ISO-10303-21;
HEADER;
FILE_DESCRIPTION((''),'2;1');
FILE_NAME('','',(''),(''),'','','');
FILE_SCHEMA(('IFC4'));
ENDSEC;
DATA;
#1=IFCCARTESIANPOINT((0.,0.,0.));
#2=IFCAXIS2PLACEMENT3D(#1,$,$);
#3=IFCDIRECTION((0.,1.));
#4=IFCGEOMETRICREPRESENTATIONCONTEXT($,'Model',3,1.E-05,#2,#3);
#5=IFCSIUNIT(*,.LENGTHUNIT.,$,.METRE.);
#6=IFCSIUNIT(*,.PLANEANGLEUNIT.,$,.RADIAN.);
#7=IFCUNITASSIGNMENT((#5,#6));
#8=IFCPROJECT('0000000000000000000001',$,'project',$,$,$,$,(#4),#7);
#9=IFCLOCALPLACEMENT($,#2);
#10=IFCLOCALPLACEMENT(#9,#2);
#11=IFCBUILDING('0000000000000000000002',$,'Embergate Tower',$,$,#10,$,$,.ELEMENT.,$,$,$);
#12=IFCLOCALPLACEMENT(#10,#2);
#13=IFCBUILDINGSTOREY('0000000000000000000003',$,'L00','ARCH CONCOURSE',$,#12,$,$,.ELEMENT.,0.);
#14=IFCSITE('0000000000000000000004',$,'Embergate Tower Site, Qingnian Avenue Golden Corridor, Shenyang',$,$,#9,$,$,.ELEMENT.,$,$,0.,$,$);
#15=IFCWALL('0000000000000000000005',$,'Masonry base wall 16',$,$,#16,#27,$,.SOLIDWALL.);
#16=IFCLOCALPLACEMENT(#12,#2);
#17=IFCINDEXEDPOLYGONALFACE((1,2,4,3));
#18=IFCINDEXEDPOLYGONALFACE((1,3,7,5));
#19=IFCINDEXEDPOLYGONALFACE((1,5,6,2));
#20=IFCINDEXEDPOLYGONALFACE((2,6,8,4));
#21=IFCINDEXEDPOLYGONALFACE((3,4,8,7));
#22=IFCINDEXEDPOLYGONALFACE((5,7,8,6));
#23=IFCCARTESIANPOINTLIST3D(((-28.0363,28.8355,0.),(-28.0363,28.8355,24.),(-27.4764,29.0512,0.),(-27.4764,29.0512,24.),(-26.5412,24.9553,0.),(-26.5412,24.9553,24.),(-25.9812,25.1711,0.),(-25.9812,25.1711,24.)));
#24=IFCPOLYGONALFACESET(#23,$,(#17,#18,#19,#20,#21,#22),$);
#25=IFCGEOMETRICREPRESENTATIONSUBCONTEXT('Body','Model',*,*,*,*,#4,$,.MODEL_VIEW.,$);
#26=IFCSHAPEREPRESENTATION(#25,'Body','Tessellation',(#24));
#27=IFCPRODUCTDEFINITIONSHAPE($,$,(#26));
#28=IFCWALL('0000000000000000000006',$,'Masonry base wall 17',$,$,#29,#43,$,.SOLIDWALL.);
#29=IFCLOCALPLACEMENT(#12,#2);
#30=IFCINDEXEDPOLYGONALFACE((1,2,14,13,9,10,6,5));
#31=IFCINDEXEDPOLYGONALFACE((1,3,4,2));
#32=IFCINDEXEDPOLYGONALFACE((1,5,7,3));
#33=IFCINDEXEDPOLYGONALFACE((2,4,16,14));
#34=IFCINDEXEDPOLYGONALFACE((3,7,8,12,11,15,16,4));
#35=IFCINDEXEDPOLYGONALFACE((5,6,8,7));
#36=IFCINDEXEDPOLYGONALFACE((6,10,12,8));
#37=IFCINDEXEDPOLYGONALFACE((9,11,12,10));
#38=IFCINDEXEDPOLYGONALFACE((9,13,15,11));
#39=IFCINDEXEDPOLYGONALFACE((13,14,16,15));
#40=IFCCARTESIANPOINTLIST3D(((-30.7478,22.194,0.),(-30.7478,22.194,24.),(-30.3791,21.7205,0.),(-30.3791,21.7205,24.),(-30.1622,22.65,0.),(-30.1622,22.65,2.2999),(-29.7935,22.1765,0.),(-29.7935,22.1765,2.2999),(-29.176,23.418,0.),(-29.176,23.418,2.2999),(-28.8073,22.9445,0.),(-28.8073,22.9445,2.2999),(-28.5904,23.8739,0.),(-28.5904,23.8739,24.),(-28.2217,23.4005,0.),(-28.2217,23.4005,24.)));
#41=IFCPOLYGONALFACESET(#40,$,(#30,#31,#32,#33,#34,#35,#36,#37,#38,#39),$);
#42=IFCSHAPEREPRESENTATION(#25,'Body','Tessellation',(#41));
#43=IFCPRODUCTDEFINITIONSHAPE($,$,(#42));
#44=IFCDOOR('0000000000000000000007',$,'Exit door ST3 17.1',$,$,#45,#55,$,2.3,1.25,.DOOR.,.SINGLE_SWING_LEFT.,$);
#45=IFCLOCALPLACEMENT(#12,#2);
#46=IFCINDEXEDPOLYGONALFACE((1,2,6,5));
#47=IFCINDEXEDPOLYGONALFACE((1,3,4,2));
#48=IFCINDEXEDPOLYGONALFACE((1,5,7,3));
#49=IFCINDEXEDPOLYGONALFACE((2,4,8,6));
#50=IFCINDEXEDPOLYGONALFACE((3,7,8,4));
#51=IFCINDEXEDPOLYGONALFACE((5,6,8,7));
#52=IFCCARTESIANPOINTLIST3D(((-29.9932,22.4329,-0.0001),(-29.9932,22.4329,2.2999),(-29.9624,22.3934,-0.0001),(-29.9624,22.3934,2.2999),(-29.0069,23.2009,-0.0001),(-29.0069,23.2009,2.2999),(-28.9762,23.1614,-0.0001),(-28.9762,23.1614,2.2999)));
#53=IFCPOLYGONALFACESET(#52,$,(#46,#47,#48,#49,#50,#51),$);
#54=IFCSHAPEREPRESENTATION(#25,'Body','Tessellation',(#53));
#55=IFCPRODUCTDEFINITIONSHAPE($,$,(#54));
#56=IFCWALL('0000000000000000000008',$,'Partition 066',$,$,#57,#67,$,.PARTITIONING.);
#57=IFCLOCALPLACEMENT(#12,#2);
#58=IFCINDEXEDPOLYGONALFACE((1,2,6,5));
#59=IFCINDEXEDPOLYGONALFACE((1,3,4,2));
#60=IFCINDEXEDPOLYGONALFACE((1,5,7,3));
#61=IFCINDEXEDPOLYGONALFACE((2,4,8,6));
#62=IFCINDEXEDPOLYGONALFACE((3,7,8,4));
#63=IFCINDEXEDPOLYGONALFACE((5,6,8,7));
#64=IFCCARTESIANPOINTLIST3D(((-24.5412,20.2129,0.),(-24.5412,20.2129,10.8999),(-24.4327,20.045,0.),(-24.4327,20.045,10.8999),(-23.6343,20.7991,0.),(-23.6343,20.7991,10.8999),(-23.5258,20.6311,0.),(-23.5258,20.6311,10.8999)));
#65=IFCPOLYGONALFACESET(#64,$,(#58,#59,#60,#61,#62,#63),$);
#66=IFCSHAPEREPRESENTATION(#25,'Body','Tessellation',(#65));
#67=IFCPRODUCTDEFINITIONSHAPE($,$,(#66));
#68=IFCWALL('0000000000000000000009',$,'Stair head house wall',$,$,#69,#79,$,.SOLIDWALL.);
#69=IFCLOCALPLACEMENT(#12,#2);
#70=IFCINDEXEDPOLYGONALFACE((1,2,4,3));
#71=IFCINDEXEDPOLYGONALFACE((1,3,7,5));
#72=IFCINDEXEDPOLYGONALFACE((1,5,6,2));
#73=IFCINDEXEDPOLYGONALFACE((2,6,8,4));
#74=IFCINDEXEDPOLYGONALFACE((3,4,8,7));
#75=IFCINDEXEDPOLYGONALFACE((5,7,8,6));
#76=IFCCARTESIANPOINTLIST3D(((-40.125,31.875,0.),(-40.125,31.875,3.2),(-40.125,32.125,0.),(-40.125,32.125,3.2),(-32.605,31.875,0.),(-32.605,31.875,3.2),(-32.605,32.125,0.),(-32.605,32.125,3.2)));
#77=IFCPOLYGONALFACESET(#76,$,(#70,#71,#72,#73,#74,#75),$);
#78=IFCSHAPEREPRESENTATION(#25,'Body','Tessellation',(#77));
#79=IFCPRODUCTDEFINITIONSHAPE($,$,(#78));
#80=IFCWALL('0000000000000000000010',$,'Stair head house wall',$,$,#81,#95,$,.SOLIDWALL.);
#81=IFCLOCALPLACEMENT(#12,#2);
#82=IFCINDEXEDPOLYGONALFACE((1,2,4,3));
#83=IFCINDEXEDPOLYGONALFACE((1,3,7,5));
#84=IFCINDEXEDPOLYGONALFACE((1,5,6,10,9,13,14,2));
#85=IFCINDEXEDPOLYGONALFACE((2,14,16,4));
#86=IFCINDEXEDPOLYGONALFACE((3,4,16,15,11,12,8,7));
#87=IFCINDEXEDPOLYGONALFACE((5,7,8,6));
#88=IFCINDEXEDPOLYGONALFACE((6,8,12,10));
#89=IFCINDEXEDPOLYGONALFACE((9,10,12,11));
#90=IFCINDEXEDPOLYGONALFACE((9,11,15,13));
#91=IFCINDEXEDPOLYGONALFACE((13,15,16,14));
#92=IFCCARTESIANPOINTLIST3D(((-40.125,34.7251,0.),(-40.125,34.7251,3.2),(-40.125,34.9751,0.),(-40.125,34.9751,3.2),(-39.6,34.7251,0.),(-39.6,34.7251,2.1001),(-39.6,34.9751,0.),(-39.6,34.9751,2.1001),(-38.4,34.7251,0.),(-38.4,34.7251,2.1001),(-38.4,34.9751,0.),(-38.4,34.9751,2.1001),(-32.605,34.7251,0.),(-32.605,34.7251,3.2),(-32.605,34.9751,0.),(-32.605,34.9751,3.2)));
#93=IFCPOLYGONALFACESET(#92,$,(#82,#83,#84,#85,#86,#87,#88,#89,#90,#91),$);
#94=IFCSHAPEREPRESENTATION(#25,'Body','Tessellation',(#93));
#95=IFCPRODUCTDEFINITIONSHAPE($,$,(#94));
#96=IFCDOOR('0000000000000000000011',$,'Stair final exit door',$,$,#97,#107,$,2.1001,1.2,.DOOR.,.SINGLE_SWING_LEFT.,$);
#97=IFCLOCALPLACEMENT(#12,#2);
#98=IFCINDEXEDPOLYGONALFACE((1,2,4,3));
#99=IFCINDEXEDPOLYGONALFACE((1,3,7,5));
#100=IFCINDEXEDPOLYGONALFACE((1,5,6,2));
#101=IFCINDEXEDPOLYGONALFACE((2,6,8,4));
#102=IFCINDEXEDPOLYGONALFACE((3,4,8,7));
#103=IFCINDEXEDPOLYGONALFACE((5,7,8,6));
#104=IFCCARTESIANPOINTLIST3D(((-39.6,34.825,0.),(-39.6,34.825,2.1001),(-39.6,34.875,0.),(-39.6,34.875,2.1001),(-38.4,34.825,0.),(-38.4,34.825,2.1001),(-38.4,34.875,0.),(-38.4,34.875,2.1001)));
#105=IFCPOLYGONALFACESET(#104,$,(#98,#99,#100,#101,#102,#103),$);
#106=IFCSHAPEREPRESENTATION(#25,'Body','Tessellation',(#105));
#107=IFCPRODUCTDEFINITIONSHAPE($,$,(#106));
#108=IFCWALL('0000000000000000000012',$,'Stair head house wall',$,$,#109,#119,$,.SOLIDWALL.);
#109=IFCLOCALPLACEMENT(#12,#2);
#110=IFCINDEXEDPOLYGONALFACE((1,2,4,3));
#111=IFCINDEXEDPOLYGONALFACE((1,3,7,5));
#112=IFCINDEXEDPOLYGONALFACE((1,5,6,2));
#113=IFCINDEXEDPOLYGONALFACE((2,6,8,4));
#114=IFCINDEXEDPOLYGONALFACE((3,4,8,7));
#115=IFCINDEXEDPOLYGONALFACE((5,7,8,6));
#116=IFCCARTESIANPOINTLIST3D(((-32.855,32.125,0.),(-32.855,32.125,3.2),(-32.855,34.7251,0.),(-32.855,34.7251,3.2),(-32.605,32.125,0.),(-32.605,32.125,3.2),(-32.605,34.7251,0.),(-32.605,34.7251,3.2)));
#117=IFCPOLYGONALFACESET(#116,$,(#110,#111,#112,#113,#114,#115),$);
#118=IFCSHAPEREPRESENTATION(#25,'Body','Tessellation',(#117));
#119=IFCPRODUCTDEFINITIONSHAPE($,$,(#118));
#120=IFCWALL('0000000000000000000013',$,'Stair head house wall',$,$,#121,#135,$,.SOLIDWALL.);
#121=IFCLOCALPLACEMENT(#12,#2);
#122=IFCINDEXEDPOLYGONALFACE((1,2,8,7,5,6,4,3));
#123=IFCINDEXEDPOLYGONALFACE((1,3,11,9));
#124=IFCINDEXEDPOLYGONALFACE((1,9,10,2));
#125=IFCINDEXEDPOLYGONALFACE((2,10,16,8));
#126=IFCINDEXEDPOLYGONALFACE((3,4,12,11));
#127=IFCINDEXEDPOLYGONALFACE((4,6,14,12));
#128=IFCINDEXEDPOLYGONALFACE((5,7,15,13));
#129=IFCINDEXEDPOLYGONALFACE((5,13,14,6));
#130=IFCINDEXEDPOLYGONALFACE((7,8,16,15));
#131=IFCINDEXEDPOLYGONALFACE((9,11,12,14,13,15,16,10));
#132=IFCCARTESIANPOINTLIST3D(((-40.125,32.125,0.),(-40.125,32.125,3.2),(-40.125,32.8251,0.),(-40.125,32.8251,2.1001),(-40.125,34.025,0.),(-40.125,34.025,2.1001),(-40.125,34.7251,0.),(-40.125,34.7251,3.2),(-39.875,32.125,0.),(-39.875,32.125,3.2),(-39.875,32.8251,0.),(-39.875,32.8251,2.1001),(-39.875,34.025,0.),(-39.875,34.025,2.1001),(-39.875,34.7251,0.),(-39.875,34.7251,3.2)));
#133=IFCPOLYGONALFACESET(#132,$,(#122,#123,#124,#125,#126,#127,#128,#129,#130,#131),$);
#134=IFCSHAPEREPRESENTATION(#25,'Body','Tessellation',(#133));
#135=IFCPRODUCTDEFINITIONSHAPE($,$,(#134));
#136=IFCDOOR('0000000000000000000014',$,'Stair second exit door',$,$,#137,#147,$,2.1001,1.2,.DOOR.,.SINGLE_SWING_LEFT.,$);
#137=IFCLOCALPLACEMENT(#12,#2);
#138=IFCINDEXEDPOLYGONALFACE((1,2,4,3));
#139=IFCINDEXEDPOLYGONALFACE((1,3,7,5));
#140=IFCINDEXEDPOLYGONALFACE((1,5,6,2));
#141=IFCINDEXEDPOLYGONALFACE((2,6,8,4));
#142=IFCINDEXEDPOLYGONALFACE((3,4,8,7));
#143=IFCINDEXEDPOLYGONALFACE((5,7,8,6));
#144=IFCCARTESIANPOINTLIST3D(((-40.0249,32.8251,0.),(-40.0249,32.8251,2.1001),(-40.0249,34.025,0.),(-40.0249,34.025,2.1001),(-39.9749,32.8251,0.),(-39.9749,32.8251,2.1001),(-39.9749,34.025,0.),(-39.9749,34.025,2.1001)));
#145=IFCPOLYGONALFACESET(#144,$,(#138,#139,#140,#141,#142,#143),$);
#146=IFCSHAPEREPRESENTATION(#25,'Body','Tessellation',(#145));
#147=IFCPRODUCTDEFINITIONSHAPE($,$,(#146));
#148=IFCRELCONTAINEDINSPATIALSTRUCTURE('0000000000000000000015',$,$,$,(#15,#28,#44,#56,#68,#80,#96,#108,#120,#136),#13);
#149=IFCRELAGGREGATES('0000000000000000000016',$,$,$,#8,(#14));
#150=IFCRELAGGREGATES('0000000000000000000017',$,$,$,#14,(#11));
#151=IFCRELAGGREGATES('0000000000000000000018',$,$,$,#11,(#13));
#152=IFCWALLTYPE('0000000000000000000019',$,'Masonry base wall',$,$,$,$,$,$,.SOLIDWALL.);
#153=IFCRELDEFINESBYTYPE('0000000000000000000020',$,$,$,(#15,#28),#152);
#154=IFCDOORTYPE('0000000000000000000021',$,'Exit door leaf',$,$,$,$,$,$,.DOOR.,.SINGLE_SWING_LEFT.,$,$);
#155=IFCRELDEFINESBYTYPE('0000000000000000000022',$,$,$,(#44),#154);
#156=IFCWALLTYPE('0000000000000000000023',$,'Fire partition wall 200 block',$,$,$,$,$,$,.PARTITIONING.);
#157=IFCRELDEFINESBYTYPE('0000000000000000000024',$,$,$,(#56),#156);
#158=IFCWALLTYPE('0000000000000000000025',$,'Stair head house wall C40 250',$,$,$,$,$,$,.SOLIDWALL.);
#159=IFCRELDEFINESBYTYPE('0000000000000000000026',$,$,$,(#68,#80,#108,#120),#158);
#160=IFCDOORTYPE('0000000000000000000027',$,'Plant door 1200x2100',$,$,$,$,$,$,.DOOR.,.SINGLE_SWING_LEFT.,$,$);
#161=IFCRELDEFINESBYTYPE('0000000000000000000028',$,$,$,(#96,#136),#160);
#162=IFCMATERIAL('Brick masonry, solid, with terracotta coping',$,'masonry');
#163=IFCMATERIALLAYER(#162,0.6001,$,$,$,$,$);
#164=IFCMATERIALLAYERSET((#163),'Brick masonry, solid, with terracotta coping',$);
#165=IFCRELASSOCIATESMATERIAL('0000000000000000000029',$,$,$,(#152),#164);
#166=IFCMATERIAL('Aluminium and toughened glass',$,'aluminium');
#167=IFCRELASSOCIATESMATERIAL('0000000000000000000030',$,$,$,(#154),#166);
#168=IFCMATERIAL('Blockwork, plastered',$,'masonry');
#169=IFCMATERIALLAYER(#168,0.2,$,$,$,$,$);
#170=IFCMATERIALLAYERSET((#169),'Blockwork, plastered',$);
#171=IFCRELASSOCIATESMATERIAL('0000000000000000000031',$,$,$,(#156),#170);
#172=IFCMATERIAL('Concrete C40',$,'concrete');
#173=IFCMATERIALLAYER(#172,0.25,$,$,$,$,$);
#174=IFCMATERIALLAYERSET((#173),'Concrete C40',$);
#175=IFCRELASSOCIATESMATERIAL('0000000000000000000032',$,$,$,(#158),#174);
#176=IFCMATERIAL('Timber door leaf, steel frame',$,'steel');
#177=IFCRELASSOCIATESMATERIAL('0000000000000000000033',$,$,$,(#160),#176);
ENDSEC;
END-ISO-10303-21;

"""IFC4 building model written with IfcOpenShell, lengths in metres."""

from ifc_helpers import new_model, si_unit, direction, frame, frame_2d, origin, place, context, subcontext, project, spatial, rectangle, extrude, source, transform, mapped, material, layer, layer_set, type_object, element, fill, save


model = new_model("IFC4")

# Units and contexts
model_context = context("Model", 3, precision=1e-05, world=origin(), true_north=direction((0.0, 1.0)))
body_context = subcontext(model_context, "Body", "Model", "MODEL_VIEW")
ifc_project = project(units=[si_unit("LENGTHUNIT", "METRE"), si_unit("PLANEANGLEUNIT", "RADIAN")], contexts=[model_context])

# Site, building, storey
site_placement = place(None, origin())
site = spatial("IfcSite", under=ifc_project, at=site_placement, Name="Embergate Tower Site, Qingnian Avenue Golden Corridor, Shenyang", CompositionType="ELEMENT", RefElevation=0.0)
building_placement = place(site_placement, origin())
building = spatial("IfcBuilding", under=site, at=building_placement, Name="Embergate Tower", CompositionType="ELEMENT")
storey_placement = place(building_placement, origin())
storey = spatial("IfcBuildingStorey", under=building, at=storey_placement, Name="L00", Description="ARCH CONCOURSE", CompositionType="ELEMENT", Elevation=0.0)

# Shared definitions
ifc_material_1 = material(Name="Concrete C40", Category="concrete")

# Wall
ifc_material_2 = material(Name="Brick masonry, solid, with terracotta coping", Category="masonry")
ifc_layer_1 = layer(ifc_material_2, 0.6001)
ifc_layer_set_1 = layer_set([ifc_layer_1], Name="Brick masonry, solid, with terracotta coping")
wall_type_1 = type_object("IfcWallType", Name="Masonry base wall", PredefinedType="SOLIDWALL", material=ifc_layer_set_1)
shared_shape_1 = source(origin(), body_context, "Body", "SweptSolid", [
    extrude(rectangle(XDim=4.1582, YDim=0.6001, at=frame_2d((2.0791, 0.0))), origin(), (0.0, 0.0, 1.0), 24.0),
])
wall_1_placement = place(storey_placement, frame((-26.2612, 25.0632, 0.0), z_axis=(0.0, 0.0, 1.0), x_axis=(-0.359557, 0.933123, 0.0)))
element("IfcWall", 1, at=wall_1_placement, inside=storey, type_object=wall_type_1, Name="Masonry base wall 16", PredefinedType="SOLIDWALL", context=body_context, shape_type="MappedRepresentation", body=[
    mapped(shared_shape_1, transform((0.0, 0.0, 0.0))),
])

# Wall, opening, door
shared_shape_2 = source(origin(), body_context, "Body", "SweptSolid", [
    extrude(rectangle(XDim=2.7344, YDim=0.6001, at=frame_2d((1.3672, 0.0))), origin(), (0.0, 0.0, 1.0), 24.0),
])
wall_2_placement = place(storey_placement, frame((-30.5635, 21.9573, 0.0), z_axis=(0.0, 0.0, 1.0), x_axis=(0.789016, 0.614373, 0.0)))
wall_2 = element("IfcWall", 2, at=wall_2_placement, inside=storey, type_object=wall_type_1, Name="Masonry base wall 17", PredefinedType="SOLIDWALL", context=body_context, shape_type="MappedRepresentation", body=[
    mapped(shared_shape_2, transform((0.0, 0.0, 0.0))),
])
shared_shape_3 = source(origin(), body_context, "Body", "SweptSolid", [
    extrude(rectangle(XDim=1.25, YDim=2.3, at=frame_2d((0.625, 1.1499))), frame((0.0, 0.3101, 0.0), z_axis=(0.0, -1.0, 0.0), x_axis=(1.0, 0.0, 0.0)), (0.0, 0.0, 1.0), 0.6201),
])
opening_1_placement = place(wall_2_placement, frame((0.7422, 0.0, 0.0)))
opening_1 = element("IfcOpeningElement", 3, at=opening_1_placement, cuts=wall_2, PredefinedType="OPENING", context=body_context, shape_type="MappedRepresentation", body=[
    mapped(shared_shape_3, transform((0.0, 0.0, 0.0))),
])
ifc_material_3 = material(Name="Aluminium and toughened glass", Category="aluminium")
door_type_1 = type_object("IfcDoorType", Name="Exit door leaf", OperationType="SINGLE_SWING_LEFT", PredefinedType="DOOR", material=ifc_material_3)
shared_shape_4 = source(origin(), body_context, "Body", "SweptSolid", [
    extrude(rectangle(XDim=1.25, YDim=2.3, at=frame_2d((0.625, 1.1499))), frame((0.0, 0.0249, 0.0), z_axis=(0.0, -1.0, 0.0), x_axis=(1.0, 0.0, 0.0)), (0.0, 0.0, 1.0), 0.05),
])
door_1_placement = place(opening_1_placement, origin())
door_1 = element("IfcDoor", 4, at=door_1_placement, inside=storey, type_object=door_type_1, Name="Exit door ST3 17.1", OperationType="SINGLE_SWING_LEFT", OverallHeight=2.3, OverallWidth=1.25, PredefinedType="DOOR", context=body_context, shape_type="MappedRepresentation", body=[
    mapped(shared_shape_4, transform((0.0, 0.0, 0.0))),
])
fill(opening_1, door_1)

# Walls
ifc_material_4 = material(Name="Blockwork, plastered", Category="masonry")
ifc_layer_2 = layer(ifc_material_4, 0.2)
ifc_layer_set_2 = layer_set([ifc_layer_2], Name="Blockwork, plastered")
wall_type_2 = type_object("IfcWallType", Name="Fire partition wall 200 block", PredefinedType="PARTITIONING", material=ifc_layer_set_2)
shared_shape_5 = source(origin(), body_context, "Body", "SweptSolid", [
    extrude(rectangle(XDim=1.0798, YDim=0.2, at=frame_2d((0.54, 0.0))), origin(), (0.0, 0.0, 1.0), 10.8999),
])
wall_3_placement = place(storey_placement, frame((-24.4871, 20.1289, 0.0), z_axis=(0.0, 0.0, 1.0), x_axis=(0.839861, 0.542801, 0.0)))
element("IfcWall", 5, at=wall_3_placement, inside=storey, type_object=wall_type_2, Name="Partition 066", PredefinedType="PARTITIONING", context=body_context, shape_type="MappedRepresentation", body=[
    mapped(shared_shape_5, transform((0.0, 0.0, 0.0))),
])
ifc_layer_3 = layer(ifc_material_1, 0.25)
ifc_layer_set_3 = layer_set([ifc_layer_3], Name="Concrete C40")
wall_type_3 = type_object("IfcWallType", Name="Stair head house wall C40 250", PredefinedType="SOLIDWALL", material=ifc_layer_set_3)
shared_shape_6 = source(origin(), body_context, "Body", "SweptSolid", [
    extrude(rectangle(XDim=7.52, YDim=0.25, at=frame_2d((3.76, 0.0))), origin(), (0.0, 0.0, 1.0), 3.2),
])
wall_4_placement = place(storey_placement, frame((-40.125, 32.0, 0.0), z_axis=(0.0, 0.0, 1.0), x_axis=(1.0, 0.0, 0.0)))
element("IfcWall", 6, at=wall_4_placement, inside=storey, type_object=wall_type_3, Name="Stair head house wall", PredefinedType="SOLIDWALL", context=body_context, shape_type="MappedRepresentation", body=[
    mapped(shared_shape_6, transform((0.0, 0.0, 0.0))),
])

# Wall, opening, door
wall_5_placement = place(storey_placement, frame((-40.125, 34.8501, 0.0), z_axis=(0.0, 0.0, 1.0), x_axis=(1.0, 0.0, 0.0)))
wall_5 = element("IfcWall", 7, at=wall_5_placement, inside=storey, type_object=wall_type_3, Name="Stair head house wall", PredefinedType="SOLIDWALL", context=body_context, shape_type="MappedRepresentation", body=[
    mapped(shared_shape_6, transform((0.0, 0.0, 0.0))),
])
shared_shape_7 = source(origin(), body_context, "Body", "SweptSolid", [
    extrude(rectangle(XDim=1.2, YDim=2.1001, at=frame_2d((0.6001, 1.05))), frame((0.0, 0.135, 0.0), z_axis=(0.0, -1.0, 0.0), x_axis=(1.0, 0.0, 0.0)), (0.0, 0.0, 1.0), 0.27),
])
opening_2_placement = place(wall_5_placement, frame((0.5249, 0.0, 0.0)))
opening_2 = element("IfcOpeningElement", 8, at=opening_2_placement, cuts=wall_5, PredefinedType="OPENING", context=body_context, shape_type="MappedRepresentation", body=[
    mapped(shared_shape_7, transform((0.0, 0.0, 0.0))),
])
ifc_material_5 = material(Name="Timber door leaf, steel frame", Category="steel")
door_type_2 = type_object("IfcDoorType", Name="Plant door 1200x2100", OperationType="SINGLE_SWING_LEFT", PredefinedType="DOOR", material=ifc_material_5)
shared_shape_8 = source(origin(), body_context, "Body", "SweptSolid", [
    extrude(rectangle(XDim=1.2, YDim=2.1001, at=frame_2d((0.6001, 1.05))), frame((0.0, 0.0249, 0.0), z_axis=(0.0, -1.0, 0.0), x_axis=(1.0, 0.0, 0.0)), (0.0, 0.0, 1.0), 0.05),
])
door_2_placement = place(opening_2_placement, origin())
door_2 = element("IfcDoor", 9, at=door_2_placement, inside=storey, type_object=door_type_2, Name="Stair final exit door", OperationType="SINGLE_SWING_LEFT", OverallHeight=2.1001, OverallWidth=1.2, PredefinedType="DOOR", context=body_context, shape_type="MappedRepresentation", body=[
    mapped(shared_shape_8, transform((0.0, 0.0, 0.0))),
])
fill(opening_2, door_2)

# Wall
shared_shape_9 = source(origin(), body_context, "Body", "SweptSolid", [
    extrude(rectangle(XDim=2.6001, YDim=0.25, at=frame_2d((1.3, 0.0))), origin(), (0.0, 0.0, 1.0), 3.2),
])
wall_6_placement = place(storey_placement, frame((-32.73, 32.125, 0.0), z_axis=(0.0, 0.0, 1.0), x_axis=(0.0, 1.0, 0.0)))
element("IfcWall", 10, at=wall_6_placement, inside=storey, type_object=wall_type_3, Name="Stair head house wall", PredefinedType="SOLIDWALL", context=body_context, shape_type="MappedRepresentation", body=[
    mapped(shared_shape_9, transform((0.0, 0.0, 0.0))),
])

# Wall, opening, door
wall_7_placement = place(storey_placement, frame((-40.0, 32.125, 0.0), z_axis=(0.0, 0.0, 1.0), x_axis=(0.0, 1.0, 0.0)))
wall_7 = element("IfcWall", 11, at=wall_7_placement, inside=storey, type_object=wall_type_3, Name="Stair head house wall", PredefinedType="SOLIDWALL", context=body_context, shape_type="MappedRepresentation", body=[
    mapped(shared_shape_9, transform((0.0, 0.0, 0.0))),
])
opening_3_placement = place(wall_7_placement, frame((0.7, 0.0, 0.0)))
opening_3 = element("IfcOpeningElement", 12, at=opening_3_placement, cuts=wall_7, PredefinedType="OPENING", context=body_context, shape_type="MappedRepresentation", body=[
    mapped(shared_shape_7, transform((0.0, 0.0, 0.0))),
])
door_3_placement = place(opening_3_placement, origin())
door_3 = element("IfcDoor", 13, at=door_3_placement, inside=storey, type_object=door_type_2, Name="Stair second exit door", OperationType="SINGLE_SWING_LEFT", OverallHeight=2.1001, OverallWidth=1.2, PredefinedType="DOOR", context=body_context, shape_type="MappedRepresentation", body=[
    mapped(shared_shape_8, transform((0.0, 0.0, 0.0))),
])
fill(opening_3, door_3)

save(model, "model.ifc")
